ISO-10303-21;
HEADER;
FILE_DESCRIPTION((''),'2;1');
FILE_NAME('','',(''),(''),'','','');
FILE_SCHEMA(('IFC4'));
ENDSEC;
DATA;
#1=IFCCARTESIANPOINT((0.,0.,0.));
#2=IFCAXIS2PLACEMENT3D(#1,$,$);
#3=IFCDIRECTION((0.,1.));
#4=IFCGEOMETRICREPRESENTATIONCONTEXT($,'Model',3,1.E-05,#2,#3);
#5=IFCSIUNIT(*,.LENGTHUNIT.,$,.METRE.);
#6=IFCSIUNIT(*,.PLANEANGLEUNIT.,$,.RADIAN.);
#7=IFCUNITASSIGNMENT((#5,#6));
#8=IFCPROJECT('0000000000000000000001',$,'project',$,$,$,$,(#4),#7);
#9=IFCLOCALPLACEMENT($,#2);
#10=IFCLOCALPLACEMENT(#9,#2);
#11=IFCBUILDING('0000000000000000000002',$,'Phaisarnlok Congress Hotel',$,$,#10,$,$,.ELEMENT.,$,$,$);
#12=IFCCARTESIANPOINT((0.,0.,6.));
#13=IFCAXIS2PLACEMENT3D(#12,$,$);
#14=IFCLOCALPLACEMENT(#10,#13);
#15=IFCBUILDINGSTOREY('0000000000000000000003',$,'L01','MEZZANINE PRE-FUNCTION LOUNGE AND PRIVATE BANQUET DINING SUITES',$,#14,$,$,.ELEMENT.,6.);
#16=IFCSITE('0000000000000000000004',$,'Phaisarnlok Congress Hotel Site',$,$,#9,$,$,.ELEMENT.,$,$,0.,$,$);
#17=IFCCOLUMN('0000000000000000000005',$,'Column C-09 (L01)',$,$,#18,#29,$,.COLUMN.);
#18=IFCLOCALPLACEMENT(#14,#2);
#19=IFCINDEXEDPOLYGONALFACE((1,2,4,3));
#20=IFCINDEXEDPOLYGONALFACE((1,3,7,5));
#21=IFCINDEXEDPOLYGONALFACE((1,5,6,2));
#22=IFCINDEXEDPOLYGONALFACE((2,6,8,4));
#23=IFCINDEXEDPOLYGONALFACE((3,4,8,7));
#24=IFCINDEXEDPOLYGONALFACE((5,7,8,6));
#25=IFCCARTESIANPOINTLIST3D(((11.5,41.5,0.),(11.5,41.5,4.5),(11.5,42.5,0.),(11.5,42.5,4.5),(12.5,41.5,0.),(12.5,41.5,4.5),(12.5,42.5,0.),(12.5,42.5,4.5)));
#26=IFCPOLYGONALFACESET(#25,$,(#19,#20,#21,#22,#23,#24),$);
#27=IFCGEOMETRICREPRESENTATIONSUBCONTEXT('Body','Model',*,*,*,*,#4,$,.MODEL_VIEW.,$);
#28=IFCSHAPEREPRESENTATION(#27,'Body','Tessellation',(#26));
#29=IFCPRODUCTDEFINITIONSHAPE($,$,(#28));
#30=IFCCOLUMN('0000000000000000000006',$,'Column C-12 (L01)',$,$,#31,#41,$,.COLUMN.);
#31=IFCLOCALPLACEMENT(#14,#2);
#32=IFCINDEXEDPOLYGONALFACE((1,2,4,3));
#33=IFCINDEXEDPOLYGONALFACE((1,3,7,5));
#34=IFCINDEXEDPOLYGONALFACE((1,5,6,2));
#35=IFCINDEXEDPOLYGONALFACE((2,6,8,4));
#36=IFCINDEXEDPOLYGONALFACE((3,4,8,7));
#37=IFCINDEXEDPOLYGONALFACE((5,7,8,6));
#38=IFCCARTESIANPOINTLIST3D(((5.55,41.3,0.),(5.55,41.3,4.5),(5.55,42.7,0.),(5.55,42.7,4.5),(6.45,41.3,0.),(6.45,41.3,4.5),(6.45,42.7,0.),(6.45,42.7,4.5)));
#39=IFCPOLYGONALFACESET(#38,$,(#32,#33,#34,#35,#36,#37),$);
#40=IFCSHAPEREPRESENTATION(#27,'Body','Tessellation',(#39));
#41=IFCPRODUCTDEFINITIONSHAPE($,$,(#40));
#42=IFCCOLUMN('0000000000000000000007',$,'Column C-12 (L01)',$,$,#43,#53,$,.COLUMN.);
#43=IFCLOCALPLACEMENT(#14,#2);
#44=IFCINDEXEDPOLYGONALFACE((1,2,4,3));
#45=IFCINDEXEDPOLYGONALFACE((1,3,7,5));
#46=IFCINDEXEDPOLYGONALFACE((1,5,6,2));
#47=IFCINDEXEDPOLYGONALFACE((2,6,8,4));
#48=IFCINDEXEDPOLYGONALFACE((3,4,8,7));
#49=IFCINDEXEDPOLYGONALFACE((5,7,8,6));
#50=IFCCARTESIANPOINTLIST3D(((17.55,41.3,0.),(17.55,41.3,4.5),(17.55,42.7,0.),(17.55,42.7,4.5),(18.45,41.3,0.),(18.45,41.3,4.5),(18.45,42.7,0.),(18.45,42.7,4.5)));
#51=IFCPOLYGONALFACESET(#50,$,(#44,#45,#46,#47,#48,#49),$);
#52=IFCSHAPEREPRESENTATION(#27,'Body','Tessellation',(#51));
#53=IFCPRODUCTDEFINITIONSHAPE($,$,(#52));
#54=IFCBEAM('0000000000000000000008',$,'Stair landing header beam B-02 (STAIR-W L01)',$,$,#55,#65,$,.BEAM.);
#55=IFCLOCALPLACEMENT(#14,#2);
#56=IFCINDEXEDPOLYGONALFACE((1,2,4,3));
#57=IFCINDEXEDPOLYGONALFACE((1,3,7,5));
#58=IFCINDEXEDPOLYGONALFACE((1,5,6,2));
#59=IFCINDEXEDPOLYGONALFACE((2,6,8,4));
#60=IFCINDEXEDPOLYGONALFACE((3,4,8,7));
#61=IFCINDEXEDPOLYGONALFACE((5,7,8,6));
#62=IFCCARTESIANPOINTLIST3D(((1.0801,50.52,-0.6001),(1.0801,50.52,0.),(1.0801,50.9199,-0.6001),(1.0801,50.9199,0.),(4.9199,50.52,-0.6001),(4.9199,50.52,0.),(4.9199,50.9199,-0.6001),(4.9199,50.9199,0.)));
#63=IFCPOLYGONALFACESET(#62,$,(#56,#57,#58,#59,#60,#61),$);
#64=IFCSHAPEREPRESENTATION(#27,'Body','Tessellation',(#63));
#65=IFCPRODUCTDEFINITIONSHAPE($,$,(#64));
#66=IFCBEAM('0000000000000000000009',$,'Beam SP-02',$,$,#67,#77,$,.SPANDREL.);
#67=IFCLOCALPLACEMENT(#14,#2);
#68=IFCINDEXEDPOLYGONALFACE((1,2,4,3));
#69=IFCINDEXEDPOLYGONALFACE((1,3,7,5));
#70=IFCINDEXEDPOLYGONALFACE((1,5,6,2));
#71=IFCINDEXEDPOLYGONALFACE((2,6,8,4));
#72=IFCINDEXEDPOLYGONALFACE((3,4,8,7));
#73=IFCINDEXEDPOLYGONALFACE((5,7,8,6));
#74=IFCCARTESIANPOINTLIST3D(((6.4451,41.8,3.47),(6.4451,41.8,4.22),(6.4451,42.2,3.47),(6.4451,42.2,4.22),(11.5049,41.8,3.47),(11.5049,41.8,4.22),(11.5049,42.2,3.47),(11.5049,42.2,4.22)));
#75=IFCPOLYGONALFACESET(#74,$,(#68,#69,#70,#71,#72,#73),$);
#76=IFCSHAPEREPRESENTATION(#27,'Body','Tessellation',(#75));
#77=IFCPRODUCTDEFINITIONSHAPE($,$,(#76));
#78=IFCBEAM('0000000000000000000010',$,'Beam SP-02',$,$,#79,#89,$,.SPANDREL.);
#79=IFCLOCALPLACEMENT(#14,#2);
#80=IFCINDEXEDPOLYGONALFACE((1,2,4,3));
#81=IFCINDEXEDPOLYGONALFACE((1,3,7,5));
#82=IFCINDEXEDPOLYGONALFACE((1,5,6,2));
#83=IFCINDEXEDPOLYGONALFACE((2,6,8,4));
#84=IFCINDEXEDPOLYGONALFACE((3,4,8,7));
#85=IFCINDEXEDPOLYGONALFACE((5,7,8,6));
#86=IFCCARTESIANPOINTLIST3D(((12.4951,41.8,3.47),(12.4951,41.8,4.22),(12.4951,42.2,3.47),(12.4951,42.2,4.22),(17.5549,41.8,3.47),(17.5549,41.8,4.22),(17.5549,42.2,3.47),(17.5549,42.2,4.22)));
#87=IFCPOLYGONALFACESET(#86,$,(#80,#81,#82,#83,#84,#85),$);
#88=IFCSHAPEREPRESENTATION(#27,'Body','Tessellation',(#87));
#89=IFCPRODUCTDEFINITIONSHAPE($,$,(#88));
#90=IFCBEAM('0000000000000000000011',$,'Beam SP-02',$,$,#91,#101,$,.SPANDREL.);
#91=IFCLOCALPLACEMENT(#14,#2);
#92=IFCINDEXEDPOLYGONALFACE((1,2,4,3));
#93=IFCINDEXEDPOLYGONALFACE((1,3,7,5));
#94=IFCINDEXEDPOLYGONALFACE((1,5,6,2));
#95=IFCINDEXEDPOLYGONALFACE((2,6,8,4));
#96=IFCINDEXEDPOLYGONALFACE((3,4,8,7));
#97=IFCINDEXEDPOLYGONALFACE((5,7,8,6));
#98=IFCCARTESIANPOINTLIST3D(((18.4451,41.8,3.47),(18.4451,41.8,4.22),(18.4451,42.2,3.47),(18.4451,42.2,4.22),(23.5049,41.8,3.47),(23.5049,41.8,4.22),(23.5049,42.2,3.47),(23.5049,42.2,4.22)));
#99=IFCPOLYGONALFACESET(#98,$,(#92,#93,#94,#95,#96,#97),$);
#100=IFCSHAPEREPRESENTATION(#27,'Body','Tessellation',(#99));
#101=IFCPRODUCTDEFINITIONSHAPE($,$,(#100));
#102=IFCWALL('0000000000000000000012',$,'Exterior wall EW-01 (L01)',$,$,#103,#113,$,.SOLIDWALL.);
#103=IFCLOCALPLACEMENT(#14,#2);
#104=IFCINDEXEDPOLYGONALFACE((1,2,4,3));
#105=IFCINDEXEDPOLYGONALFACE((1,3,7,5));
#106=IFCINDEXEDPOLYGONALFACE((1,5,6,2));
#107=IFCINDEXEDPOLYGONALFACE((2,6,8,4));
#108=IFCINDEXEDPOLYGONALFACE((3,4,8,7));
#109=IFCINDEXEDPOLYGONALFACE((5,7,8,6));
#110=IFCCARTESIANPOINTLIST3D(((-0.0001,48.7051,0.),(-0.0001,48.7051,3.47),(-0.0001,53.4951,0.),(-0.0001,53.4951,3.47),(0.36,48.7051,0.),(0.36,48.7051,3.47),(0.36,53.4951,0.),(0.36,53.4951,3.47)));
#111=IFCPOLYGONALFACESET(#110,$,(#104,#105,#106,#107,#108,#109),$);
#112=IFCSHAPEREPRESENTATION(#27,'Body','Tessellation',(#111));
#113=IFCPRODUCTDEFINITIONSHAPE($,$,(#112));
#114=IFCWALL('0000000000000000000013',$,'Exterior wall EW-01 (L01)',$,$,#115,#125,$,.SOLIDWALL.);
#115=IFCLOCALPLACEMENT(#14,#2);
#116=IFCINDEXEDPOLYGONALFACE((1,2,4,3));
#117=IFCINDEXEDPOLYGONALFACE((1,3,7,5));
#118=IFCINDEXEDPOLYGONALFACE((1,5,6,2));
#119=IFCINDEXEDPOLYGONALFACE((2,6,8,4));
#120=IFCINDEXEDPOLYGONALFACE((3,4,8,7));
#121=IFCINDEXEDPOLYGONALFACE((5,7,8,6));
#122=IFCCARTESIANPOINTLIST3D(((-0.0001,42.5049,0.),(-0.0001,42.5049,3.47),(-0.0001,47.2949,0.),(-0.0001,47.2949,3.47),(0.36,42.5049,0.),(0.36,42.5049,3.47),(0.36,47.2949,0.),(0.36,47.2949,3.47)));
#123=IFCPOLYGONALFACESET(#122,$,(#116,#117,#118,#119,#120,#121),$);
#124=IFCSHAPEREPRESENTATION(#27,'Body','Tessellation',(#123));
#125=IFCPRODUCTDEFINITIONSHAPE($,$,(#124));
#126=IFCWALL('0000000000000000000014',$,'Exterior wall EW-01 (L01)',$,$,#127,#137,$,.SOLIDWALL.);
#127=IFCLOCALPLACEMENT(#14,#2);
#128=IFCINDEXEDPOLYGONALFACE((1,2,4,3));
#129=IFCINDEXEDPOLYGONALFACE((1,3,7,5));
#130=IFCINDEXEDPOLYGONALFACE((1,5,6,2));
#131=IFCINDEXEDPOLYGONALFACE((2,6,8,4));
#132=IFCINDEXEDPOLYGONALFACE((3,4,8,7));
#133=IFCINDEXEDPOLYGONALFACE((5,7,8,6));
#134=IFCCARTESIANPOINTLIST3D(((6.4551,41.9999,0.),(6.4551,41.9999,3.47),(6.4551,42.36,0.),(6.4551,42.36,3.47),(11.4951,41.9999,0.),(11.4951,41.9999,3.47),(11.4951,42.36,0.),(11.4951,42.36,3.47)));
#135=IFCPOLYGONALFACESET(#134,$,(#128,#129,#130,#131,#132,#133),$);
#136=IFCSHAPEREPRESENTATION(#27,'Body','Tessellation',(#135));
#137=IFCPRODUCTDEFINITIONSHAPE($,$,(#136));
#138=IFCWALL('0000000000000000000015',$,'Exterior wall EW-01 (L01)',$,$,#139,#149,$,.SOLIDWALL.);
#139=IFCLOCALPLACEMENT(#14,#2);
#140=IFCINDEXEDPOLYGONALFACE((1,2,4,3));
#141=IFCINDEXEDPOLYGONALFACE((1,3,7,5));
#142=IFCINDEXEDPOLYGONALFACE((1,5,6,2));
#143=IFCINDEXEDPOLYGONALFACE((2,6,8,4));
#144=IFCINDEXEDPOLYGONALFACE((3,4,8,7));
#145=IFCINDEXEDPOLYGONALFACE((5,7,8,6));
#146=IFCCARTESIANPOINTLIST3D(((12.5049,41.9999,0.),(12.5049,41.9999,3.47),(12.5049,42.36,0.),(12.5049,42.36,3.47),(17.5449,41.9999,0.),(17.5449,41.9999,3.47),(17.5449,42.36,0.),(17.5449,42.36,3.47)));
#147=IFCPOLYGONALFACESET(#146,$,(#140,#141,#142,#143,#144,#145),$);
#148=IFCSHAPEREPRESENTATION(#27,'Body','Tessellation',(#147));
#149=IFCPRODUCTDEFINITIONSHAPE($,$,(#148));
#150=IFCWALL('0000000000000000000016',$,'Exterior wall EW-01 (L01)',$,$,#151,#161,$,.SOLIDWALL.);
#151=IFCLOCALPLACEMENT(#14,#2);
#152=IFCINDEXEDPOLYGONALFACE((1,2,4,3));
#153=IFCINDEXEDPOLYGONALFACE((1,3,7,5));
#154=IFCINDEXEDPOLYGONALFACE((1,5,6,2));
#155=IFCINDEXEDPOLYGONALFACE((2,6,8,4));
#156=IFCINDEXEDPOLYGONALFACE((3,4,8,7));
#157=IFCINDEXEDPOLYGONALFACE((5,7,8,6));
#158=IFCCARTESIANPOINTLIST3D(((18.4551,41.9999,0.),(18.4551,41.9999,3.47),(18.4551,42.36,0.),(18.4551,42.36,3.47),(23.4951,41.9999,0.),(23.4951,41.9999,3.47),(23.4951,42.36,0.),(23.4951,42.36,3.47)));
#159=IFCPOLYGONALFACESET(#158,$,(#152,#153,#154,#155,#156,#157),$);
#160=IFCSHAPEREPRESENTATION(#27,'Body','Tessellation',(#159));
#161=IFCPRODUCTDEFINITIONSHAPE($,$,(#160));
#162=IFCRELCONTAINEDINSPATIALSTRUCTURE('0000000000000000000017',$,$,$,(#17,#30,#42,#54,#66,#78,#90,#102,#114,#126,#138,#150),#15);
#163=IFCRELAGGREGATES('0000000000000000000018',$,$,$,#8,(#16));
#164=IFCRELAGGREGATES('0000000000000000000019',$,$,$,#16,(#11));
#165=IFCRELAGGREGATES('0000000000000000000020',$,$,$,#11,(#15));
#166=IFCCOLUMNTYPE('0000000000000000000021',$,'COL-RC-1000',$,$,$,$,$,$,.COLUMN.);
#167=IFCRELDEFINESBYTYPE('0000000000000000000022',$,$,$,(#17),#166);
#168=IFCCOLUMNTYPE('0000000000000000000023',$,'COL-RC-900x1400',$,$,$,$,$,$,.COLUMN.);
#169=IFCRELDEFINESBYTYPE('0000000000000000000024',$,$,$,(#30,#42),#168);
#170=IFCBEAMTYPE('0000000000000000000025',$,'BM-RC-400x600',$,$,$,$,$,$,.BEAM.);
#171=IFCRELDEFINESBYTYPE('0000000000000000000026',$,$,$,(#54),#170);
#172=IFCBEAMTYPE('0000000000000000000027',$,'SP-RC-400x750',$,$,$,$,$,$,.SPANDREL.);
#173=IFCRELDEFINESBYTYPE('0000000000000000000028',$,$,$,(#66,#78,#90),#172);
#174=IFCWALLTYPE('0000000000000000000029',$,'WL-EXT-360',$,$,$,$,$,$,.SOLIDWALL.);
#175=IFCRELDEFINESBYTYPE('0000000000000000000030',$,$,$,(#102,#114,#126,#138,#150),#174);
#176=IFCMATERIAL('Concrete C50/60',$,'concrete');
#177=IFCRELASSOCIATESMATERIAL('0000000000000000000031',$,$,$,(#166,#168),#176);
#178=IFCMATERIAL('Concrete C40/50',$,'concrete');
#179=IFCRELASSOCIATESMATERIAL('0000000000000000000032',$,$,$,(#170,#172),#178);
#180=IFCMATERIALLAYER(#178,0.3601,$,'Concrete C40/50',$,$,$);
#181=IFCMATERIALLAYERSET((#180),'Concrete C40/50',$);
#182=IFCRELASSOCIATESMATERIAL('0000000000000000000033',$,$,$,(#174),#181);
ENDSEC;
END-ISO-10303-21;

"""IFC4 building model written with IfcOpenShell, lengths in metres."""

from ifc_helpers import new_model, si_unit, direction, frame, frame_2d, origin, origin_2d, place, context, subcontext, project, spatial, rectangle, extrude, material, layer, layer_set, material_profile, profile_set, type_object, element, save


model = new_model("IFC4")

# Units and contexts
model_context = context("Model", 3, precision=1e-05, world=origin(), true_north=direction((0.0, 1.0)))
body_context = subcontext(model_context, "Body", "Model", "MODEL_VIEW")
ifc_project = project(units=[si_unit("LENGTHUNIT", "METRE"), si_unit("PLANEANGLEUNIT", "RADIAN")], contexts=[model_context])

# Site, building, storey
site_placement = place(None, origin())
site = spatial("IfcSite", under=ifc_project, at=site_placement, Name="Phaisarnlok Congress Hotel Site", CompositionType="ELEMENT", RefElevation=0.0)
building_placement = place(site_placement, origin())
building = spatial("IfcBuilding", under=site, at=building_placement, Name="Phaisarnlok Congress Hotel", CompositionType="ELEMENT")
storey_placement = place(building_placement, frame((0.0, 0.0, 6.0)))
storey = spatial("IfcBuildingStorey", under=building, at=storey_placement, Name="L01", Description="MEZZANINE PRE-FUNCTION LOUNGE AND PRIVATE BANQUET DINING SUITES", CompositionType="ELEMENT", Elevation=6.0)

# Columns
ifc_material_1 = material(Name="Concrete C50/60", Category="concrete")
ifc_material_profile_1 = material_profile(ifc_material_1, rectangle(XDim=1.0, YDim=1.0, at=origin_2d()), Name="RC 1000x1000")
ifc_profile_set_1 = profile_set([ifc_material_profile_1], Name="Concrete C50/60")
column_type_1 = type_object("IfcColumnType", Name="COL-RC-1000", PredefinedType="COLUMN", material=ifc_profile_set_1)
column_placement = place(storey_placement, frame((12.0, 42.0, 0.0), z_axis=(0.0, 0.0, 1.0), x_axis=(1.0, 0.0, 0.0)))
element("IfcColumn", 1, at=column_placement, inside=storey, type_object=column_type_1, Name="Column C-09 (L01)", PredefinedType="COLUMN", context=body_context, shape_type="SweptSolid", body=[
    extrude(rectangle(XDim=1.0, YDim=1.0, at=origin_2d()), origin(), (0.0, 0.0, 1.0), 4.5),
])
ifc_material_profile_2 = material_profile(ifc_material_1, rectangle(XDim=0.8999, YDim=1.3999, at=origin_2d()), Name="RC 900x1400")
ifc_profile_set_2 = profile_set([ifc_material_profile_2], Name="Concrete C50/60")
column_type_2 = type_object("IfcColumnType", Name="COL-RC-900x1400", PredefinedType="COLUMN", material=ifc_profile_set_2)
for number, where, z_axis, x_axis, name in (
    (2, (6.0, 42.0, 0.0), (0.0, 0.0, 1.0), (1.0, 0.0, 0.0), "Column C-12 (L01)"),
    (3, (18.0, 42.0, 0.0), (0.0, 0.0, 1.0), (1.0, 0.0, 0.0), "Column C-12 (L01)"),
):
    element("IfcColumn", number, at=place(storey_placement, frame(where, z_axis=z_axis, x_axis=x_axis)), inside=storey, type_object=column_type_2, Name=name, PredefinedType="COLUMN", context=body_context, shape_type="SweptSolid", body=[
        extrude(rectangle(XDim=0.8999, YDim=1.3999, at=origin_2d()), origin(), (0.0, 0.0, 1.0), 4.5),
    ])

# Beams
ifc_material_2 = material(Name="Concrete C40/50", Category="concrete")
ifc_material_profile_3 = material_profile(ifc_material_2, rectangle(XDim=0.3999, YDim=0.6001, at=origin_2d()), Name="RC 400x600")
ifc_profile_set_3 = profile_set([ifc_material_profile_3], Name="Concrete C40/50")
beam_type_1 = type_object("IfcBeamType", Name="BM-RC-400x600", PredefinedType="BEAM", material=ifc_profile_set_3)
beam_placement = place(storey_placement, frame((1.0801, 50.72, -0.3), z_axis=(1.0, 0.0, 0.0), x_axis=(0.0, 1.0, 0.0)))
element("IfcBeam", 4, at=beam_placement, inside=storey, type_object=beam_type_1, Name="Stair landing header beam B-02 (STAIR-W L01)", PredefinedType="BEAM", context=body_context, shape_type="SweptSolid", body=[
    extrude(rectangle(XDim=0.3999, YDim=0.6001, at=origin_2d()), origin(), (0.0, 0.0, 1.0), 3.8398),
])
ifc_material_profile_4 = material_profile(ifc_material_2, rectangle(XDim=0.3999, YDim=0.75, at=origin_2d()), Name="RC 400x750")
ifc_profile_set_4 = profile_set([ifc_material_profile_4], Name="Concrete C40/50")
beam_type_2 = type_object("IfcBeamType", Name="SP-RC-400x750", PredefinedType="SPANDREL", material=ifc_profile_set_4)
for number, where, z_axis, x_axis, name in (
    (5, (6.4451, 42.0, 3.845), (1.0, 0.0, 0.0), (0.0, 1.0, 0.0), "Beam SP-02"),
    (6, (12.4951, 42.0, 3.845), (1.0, 0.0, 0.0), (0.0, 1.0, 0.0), "Beam SP-02"),
    (7, (18.4451, 42.0, 3.845), (1.0, 0.0, 0.0), (0.0, 1.0, 0.0), "Beam SP-02"),
):
    element("IfcBeam", number, at=place(storey_placement, frame(where, z_axis=z_axis, x_axis=x_axis)), inside=storey, type_object=beam_type_2, Name=name, PredefinedType="SPANDREL", context=body_context, shape_type="SweptSolid", body=[
        extrude(rectangle(XDim=0.3999, YDim=0.75, at=origin_2d()), origin(), (0.0, 0.0, 1.0), 5.0598),
    ])

# Walls
ifc_layer_1 = layer(ifc_material_2, 0.3601, Name="Concrete C40/50")
ifc_layer_set_1 = layer_set([ifc_layer_1], Name="Concrete C40/50")
wall_type_1 = type_object("IfcWallType", Name="WL-EXT-360", PredefinedType="SOLIDWALL", material=ifc_layer_set_1)
for number, where, z_axis, x_axis, name in (
    (8, (0.1799, 53.4951, 0.0), (0.0, 0.0, 1.0), (0.0, -1.0, 0.0), "Exterior wall EW-01 (L01)"),
    (9, (0.1799, 47.2949, 0.0), (0.0, 0.0, 1.0), (0.0, -1.0, 0.0), "Exterior wall EW-01 (L01)"),
):
    element("IfcWall", number, at=place(storey_placement, frame(where, z_axis=z_axis, x_axis=x_axis)), inside=storey, type_object=wall_type_1, Name=name, PredefinedType="SOLIDWALL", context=body_context, shape_type="SweptSolid", body=[
        extrude(rectangle(XDim=4.79, YDim=0.3601, at=frame_2d((2.395, 0.0))), origin(), (0.0, 0.0, 1.0), 3.47),
    ])
for number, where, z_axis, x_axis, name in (
    (10, (6.4551, 42.1799, 0.0), (0.0, 0.0, 1.0), (1.0, 0.0, 0.0), "Exterior wall EW-01 (L01)"),
    (11, (12.5049, 42.1799, 0.0), (0.0, 0.0, 1.0), (1.0, 0.0, 0.0), "Exterior wall EW-01 (L01)"),
    (12, (18.4551, 42.1799, 0.0), (0.0, 0.0, 1.0), (1.0, 0.0, 0.0), "Exterior wall EW-01 (L01)"),
):
    element("IfcWall", number, at=place(storey_placement, frame(where, z_axis=z_axis, x_axis=x_axis)), inside=storey, type_object=wall_type_1, Name=name, PredefinedType="SOLIDWALL", context=body_context, shape_type="SweptSolid", body=[
        extrude(rectangle(XDim=5.04, YDim=0.3601, at=frame_2d((2.52, 0.0))), origin(), (0.0, 0.0, 1.0), 3.47),
    ])

save(model, "model.ifc")
